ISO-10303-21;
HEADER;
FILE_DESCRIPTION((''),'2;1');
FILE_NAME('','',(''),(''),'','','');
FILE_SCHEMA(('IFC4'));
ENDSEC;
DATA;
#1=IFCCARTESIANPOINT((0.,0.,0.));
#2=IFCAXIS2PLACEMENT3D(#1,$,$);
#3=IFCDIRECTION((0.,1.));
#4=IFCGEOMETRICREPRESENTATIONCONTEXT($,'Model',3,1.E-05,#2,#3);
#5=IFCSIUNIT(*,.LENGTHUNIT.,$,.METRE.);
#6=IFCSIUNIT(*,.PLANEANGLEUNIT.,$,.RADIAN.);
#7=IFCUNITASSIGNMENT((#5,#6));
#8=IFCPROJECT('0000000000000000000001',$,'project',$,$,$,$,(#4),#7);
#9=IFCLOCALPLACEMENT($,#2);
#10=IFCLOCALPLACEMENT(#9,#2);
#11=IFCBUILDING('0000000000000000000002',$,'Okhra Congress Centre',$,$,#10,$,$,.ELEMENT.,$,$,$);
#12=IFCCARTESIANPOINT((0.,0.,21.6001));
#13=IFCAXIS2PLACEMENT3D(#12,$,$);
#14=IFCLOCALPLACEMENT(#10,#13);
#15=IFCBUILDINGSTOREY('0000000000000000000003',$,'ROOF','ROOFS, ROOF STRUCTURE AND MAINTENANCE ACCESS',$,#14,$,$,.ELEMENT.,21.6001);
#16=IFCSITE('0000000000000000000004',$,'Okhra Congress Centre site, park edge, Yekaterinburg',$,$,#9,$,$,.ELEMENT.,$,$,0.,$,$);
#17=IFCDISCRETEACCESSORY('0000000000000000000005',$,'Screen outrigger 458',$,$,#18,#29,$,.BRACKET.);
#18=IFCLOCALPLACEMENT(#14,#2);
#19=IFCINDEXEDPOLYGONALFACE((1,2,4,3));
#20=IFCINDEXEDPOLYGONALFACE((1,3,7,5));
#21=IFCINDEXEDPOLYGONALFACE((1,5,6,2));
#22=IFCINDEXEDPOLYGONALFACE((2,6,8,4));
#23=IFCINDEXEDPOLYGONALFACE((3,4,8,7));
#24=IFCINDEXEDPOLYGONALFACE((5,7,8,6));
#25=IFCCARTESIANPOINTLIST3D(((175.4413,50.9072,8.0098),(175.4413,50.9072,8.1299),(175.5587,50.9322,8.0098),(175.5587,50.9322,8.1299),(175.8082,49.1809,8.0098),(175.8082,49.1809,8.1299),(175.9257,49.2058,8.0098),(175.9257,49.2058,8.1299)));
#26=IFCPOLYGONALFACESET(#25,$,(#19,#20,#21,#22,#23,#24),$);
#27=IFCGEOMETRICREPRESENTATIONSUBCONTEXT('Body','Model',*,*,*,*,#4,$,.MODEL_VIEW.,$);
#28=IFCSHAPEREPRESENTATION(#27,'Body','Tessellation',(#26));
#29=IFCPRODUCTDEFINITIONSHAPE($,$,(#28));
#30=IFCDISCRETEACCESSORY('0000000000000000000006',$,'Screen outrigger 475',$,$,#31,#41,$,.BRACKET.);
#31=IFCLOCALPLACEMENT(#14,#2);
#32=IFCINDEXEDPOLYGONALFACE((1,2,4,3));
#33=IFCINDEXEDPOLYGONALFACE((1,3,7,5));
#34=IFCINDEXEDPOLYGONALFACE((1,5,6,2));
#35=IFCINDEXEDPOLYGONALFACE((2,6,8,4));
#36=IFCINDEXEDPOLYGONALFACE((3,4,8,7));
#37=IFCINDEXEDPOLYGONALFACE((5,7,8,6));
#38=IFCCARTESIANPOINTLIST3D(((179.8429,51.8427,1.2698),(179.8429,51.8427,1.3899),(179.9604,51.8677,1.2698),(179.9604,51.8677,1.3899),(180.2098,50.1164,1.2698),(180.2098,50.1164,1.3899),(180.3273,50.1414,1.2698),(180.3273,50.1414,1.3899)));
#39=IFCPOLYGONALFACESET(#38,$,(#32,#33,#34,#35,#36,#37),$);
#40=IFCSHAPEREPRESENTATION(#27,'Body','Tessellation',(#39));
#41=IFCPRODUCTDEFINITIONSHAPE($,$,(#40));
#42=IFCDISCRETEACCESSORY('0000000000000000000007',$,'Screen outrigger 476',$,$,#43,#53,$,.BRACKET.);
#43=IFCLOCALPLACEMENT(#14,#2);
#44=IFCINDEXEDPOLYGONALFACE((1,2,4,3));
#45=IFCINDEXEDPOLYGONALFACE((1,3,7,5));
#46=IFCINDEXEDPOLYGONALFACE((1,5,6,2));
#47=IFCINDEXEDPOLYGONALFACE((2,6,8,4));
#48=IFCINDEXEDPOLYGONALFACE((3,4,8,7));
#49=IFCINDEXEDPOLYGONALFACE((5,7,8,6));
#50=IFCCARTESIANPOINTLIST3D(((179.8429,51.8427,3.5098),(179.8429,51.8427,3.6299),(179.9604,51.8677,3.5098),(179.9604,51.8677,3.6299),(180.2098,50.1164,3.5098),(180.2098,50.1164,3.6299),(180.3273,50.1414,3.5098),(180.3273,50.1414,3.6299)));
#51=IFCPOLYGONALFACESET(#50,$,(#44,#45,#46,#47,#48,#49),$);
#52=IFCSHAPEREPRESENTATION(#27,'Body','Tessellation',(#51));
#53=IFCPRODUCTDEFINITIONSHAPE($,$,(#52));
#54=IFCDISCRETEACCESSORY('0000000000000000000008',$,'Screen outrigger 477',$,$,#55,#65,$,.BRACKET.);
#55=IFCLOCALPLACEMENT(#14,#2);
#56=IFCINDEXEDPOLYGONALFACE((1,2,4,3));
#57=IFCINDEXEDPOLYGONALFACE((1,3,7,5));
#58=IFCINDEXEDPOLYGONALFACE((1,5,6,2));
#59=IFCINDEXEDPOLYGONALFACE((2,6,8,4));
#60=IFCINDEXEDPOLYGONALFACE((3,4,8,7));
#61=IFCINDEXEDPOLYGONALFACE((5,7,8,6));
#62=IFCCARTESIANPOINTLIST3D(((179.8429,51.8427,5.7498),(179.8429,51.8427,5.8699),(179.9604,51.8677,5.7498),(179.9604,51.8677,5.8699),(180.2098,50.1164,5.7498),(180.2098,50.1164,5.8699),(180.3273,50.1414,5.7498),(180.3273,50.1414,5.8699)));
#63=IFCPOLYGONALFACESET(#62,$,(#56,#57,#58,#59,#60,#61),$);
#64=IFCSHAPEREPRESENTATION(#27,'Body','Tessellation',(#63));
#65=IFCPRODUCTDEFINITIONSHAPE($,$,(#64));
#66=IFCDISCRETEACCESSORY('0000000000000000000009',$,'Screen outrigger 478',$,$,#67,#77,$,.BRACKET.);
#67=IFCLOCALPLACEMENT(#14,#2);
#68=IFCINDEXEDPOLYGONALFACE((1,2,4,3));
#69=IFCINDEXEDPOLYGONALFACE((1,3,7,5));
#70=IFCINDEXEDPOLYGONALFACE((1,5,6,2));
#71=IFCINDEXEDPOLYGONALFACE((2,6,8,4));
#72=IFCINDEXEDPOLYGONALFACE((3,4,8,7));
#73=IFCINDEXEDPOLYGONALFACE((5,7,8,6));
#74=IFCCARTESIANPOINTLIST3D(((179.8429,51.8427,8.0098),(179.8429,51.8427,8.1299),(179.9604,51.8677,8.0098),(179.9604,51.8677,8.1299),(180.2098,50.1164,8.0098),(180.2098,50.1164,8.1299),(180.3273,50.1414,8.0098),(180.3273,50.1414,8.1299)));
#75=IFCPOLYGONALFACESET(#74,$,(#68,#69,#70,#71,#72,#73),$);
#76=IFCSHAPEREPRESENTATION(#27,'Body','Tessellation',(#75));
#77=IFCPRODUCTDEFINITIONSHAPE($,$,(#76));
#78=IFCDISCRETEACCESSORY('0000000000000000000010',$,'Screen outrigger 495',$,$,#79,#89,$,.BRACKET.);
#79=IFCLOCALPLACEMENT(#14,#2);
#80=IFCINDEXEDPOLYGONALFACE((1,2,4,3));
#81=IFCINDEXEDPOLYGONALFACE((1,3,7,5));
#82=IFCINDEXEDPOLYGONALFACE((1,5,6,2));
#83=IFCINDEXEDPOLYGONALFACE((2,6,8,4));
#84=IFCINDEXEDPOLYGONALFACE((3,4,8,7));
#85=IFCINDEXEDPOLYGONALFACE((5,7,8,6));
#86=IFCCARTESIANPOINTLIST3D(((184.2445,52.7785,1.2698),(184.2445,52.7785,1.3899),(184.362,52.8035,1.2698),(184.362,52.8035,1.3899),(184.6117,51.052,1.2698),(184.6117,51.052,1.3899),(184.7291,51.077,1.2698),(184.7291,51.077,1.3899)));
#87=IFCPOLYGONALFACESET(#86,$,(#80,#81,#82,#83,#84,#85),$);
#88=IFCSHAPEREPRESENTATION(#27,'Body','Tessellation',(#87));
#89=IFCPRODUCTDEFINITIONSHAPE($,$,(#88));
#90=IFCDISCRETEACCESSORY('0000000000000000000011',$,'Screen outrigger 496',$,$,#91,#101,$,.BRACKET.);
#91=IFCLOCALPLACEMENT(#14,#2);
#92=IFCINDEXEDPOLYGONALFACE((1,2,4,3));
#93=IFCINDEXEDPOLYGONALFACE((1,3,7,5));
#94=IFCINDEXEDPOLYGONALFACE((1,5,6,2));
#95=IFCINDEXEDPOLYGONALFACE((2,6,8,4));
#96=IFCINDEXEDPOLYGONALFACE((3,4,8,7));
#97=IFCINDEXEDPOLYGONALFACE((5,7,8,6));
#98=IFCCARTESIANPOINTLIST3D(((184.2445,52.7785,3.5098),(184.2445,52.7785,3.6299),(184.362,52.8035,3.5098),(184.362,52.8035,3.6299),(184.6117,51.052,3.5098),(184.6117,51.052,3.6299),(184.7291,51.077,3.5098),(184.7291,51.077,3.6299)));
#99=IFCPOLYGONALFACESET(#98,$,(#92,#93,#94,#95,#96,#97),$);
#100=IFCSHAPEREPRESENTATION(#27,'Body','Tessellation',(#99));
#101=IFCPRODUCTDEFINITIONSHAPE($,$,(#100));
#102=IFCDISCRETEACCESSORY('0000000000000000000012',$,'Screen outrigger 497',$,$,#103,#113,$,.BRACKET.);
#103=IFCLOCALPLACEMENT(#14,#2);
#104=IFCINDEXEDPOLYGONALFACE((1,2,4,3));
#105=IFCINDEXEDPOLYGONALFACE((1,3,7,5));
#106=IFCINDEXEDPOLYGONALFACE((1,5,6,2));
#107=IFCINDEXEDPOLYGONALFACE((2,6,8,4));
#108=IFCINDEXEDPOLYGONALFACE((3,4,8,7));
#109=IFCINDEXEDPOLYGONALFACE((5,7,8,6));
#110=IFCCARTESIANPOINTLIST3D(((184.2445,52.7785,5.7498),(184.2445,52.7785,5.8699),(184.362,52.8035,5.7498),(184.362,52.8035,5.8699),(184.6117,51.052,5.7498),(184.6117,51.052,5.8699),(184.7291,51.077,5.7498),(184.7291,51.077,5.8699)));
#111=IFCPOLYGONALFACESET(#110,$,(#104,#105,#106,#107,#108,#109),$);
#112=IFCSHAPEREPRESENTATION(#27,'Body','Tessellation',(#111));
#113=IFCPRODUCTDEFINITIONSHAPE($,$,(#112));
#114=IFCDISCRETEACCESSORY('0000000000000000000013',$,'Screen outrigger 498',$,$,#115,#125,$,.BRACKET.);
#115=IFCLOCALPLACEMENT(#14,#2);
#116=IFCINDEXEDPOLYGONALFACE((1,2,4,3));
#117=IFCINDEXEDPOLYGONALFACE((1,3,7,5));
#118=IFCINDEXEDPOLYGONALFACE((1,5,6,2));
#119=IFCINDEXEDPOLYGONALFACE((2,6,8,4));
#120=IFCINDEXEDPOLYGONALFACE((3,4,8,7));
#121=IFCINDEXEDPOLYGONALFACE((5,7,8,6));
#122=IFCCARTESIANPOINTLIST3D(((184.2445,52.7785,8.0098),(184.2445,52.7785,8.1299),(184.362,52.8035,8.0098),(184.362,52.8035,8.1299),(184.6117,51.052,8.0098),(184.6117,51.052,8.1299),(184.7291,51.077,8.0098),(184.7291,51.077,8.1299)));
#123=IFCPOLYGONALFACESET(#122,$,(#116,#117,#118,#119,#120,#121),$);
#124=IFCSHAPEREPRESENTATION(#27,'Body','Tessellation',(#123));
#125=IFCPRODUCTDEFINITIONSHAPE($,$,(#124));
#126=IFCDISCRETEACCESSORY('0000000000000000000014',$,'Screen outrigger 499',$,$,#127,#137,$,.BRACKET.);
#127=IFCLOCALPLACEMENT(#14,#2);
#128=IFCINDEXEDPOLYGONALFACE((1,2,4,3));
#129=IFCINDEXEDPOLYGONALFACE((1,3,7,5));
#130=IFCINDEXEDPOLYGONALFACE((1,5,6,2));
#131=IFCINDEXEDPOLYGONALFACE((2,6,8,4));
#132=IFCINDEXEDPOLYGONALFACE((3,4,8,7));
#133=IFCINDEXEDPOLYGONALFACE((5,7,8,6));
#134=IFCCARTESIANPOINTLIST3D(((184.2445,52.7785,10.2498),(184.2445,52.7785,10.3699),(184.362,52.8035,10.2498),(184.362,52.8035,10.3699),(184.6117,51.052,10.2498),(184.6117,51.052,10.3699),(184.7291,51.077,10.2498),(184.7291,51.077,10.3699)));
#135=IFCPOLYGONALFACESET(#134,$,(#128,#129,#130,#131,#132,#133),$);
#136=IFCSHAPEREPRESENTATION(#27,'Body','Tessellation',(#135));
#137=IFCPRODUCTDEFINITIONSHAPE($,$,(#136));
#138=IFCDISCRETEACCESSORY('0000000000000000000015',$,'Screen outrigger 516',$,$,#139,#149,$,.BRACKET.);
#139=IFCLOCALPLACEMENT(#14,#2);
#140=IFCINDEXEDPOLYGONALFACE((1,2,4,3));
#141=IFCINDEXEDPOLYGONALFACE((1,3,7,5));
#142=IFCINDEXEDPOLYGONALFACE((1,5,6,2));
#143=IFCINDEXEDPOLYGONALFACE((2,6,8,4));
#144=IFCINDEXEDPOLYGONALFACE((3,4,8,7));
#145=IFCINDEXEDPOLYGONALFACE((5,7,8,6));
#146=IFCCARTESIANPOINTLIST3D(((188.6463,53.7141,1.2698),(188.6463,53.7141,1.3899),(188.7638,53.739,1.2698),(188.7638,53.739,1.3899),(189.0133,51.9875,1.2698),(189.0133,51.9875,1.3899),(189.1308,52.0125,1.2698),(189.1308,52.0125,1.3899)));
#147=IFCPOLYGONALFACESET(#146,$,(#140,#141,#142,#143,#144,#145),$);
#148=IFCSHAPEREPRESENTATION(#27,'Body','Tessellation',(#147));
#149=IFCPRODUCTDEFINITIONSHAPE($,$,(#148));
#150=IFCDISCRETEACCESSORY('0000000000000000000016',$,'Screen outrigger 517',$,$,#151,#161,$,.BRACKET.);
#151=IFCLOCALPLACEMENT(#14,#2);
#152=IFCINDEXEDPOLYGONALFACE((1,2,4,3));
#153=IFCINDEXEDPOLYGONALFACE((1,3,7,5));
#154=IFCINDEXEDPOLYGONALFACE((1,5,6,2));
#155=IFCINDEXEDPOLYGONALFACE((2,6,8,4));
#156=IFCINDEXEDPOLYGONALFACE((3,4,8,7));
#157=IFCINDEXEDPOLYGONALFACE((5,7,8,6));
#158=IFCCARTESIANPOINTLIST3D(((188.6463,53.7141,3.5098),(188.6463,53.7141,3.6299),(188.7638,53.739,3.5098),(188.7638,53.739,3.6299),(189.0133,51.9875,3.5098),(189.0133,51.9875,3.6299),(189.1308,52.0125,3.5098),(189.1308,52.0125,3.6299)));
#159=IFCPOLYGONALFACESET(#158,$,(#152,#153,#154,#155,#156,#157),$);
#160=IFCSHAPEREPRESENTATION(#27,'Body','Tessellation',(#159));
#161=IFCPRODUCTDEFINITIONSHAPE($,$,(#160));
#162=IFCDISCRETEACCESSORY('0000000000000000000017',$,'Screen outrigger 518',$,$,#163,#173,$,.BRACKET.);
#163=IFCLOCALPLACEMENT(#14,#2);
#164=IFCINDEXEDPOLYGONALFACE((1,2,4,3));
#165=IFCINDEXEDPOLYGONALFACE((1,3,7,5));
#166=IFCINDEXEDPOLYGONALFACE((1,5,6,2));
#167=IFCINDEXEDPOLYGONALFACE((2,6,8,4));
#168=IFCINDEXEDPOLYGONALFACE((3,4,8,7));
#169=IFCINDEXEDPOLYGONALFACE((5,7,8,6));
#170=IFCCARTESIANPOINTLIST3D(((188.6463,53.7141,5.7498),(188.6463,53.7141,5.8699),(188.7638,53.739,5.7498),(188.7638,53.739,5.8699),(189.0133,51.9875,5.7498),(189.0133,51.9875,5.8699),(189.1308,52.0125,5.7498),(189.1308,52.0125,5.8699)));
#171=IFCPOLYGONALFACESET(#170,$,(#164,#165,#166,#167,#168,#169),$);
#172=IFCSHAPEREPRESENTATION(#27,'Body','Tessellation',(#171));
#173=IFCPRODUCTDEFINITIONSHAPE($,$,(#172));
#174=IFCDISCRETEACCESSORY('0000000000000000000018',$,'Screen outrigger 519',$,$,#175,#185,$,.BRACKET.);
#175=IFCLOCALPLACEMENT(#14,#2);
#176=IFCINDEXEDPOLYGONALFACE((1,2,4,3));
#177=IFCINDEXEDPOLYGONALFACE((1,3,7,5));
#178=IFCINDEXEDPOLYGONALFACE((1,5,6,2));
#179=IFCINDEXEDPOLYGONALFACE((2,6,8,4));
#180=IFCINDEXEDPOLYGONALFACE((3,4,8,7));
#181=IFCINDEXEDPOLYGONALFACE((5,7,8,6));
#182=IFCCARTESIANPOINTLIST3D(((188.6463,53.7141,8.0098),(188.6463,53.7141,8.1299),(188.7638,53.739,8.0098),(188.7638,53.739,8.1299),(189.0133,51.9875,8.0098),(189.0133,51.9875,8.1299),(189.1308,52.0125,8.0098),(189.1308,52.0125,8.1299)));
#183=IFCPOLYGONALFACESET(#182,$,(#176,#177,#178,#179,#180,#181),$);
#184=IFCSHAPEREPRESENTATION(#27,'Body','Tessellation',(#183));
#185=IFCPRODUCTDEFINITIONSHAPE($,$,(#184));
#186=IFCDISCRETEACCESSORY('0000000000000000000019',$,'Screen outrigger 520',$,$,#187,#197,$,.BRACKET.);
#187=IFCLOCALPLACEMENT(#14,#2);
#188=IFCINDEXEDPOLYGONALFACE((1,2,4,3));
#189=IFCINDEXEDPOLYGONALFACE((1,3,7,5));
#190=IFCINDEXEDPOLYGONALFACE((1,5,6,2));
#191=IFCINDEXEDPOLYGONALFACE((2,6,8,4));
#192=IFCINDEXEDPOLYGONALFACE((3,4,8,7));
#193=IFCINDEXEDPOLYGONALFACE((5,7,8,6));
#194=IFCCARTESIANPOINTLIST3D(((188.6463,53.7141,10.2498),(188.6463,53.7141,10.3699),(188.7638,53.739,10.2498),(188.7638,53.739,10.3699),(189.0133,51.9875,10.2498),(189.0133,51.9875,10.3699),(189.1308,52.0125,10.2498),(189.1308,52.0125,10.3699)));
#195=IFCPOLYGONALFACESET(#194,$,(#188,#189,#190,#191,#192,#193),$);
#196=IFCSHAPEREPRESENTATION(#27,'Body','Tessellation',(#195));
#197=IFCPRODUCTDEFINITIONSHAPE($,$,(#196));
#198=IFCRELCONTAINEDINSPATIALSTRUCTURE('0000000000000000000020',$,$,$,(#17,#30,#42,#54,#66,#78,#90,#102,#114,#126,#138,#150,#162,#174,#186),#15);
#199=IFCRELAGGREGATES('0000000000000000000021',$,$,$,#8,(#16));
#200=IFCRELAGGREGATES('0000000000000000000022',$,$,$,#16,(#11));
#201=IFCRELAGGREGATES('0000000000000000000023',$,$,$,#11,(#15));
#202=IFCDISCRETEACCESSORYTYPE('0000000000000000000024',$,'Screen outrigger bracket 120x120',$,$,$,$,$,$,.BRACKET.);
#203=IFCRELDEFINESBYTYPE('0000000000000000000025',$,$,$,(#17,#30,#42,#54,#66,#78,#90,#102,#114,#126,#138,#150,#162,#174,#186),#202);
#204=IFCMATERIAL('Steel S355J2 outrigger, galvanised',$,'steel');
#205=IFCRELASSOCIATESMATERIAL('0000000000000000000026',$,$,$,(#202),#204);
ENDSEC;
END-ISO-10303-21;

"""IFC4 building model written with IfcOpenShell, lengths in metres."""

from ifc_helpers import new_model, si_unit, direction, frame, origin, origin_2d, place, context, subcontext, project, spatial, rectangle, extrude, material, material_profile, profile_set, type_object, element, save


model = new_model("IFC4")

# Units and contexts
model_context = context("Model", 3, precision=1e-05, world=origin(), true_north=direction((0.0, 1.0)))
body_context = subcontext(model_context, "Body", "Model", "MODEL_VIEW")
ifc_project = project(units=[si_unit("LENGTHUNIT", "METRE"), si_unit("PLANEANGLEUNIT", "RADIAN")], contexts=[model_context])

# Site, building, storey
site_placement = place(None, origin())
site = spatial("IfcSite", under=ifc_project, at=site_placement, Name="Okhra Congress Centre site, park edge, Yekaterinburg", CompositionType="ELEMENT", RefElevation=0.0)
building_placement = place(site_placement, origin())
building = spatial("IfcBuilding", under=site, at=building_placement, Name="Okhra Congress Centre", CompositionType="ELEMENT")
storey_placement = place(building_placement, frame((0.0, 0.0, 21.6001)))
storey = spatial("IfcBuildingStorey", under=building, at=storey_placement, Name="ROOF", Description="ROOFS, ROOF STRUCTURE AND MAINTENANCE ACCESS", CompositionType="ELEMENT", Elevation=21.6001)

# Discrete accessories
ifc_material_1 = material(Name="Steel S355J2 outrigger, galvanised", Category="steel")
ifc_material_profile_1 = material_profile(ifc_material_1, rectangle(XDim=0.1201, YDim=0.1201, at=origin_2d()), Name="Screen outrigger bracket 120x120")
ifc_profile_set_1 = profile_set([ifc_material_profile_1], Name="Steel S355J2 outrigger, galvanised")
discrete_accessory_type = type_object("IfcDiscreteAccessoryType", Name="Screen outrigger bracket 120x120", PredefinedType="BRACKET", material=ifc_profile_set_1)
for number, where, z_axis, x_axis, name in (
    (1, (175.5, 50.9197, 8.0698), (0.207913, -0.978147, 0.0), (0.978147, 0.207913, 0.0), "Screen outrigger 458"),
    (2, (179.9016, 51.8552, 1.3298), (0.207913, -0.978147, 0.0), (0.978147, 0.207913, 0.0), "Screen outrigger 475"),
    (3, (179.9016, 51.8552, 3.5698), (0.207913, -0.978147, 0.0), (0.978147, 0.207913, 0.0), "Screen outrigger 476"),
    (4, (179.9016, 51.8552, 5.8098), (0.207913, -0.978147, 0.0), (0.978147, 0.207913, 0.0), "Screen outrigger 477"),
    (5, (179.9016, 51.8552, 8.0698), (0.207913, -0.978147, 0.0), (0.978147, 0.207913, 0.0), "Screen outrigger 478"),
):
    element("IfcDiscreteAccessory", number, at=place(storey_placement, frame(where, z_axis=z_axis, x_axis=x_axis)), inside=storey, type_object=discrete_accessory_type, Name=name, PredefinedType="BRACKET", context=body_context, shape_type="SweptSolid", body=[
        extrude(rectangle(XDim=0.1201, YDim=0.1201, at=origin_2d()), origin(), (0.0, 0.0, 1.0), 1.7649),
    ])
for number, where, z_axis, x_axis, name in (
    (6, (184.3032, 52.791, 1.3298), (0.208018, -0.978125, 0.0), (0.978125, 0.208018, 0.0), "Screen outrigger 495"),
    (7, (184.3032, 52.791, 3.5698), (0.208018, -0.978125, 0.0), (0.978125, 0.208018, 0.0), "Screen outrigger 496"),
    (8, (184.3032, 52.791, 5.8098), (0.208018, -0.978125, 0.0), (0.978125, 0.208018, 0.0), "Screen outrigger 497"),
    (9, (184.3032, 52.791, 8.0698), (0.208018, -0.978125, 0.0), (0.978125, 0.208018, 0.0), "Screen outrigger 498"),
    (10, (184.3032, 52.791, 10.3098), (0.208018, -0.978125, 0.0), (0.978125, 0.208018, 0.0), "Screen outrigger 499"),
    (11, (188.7051, 53.7266, 1.3298), (0.207885, -0.978153, 0.0), (0.978153, 0.207885, 0.0), "Screen outrigger 516"),
    (12, (188.7051, 53.7266, 3.5698), (0.207885, -0.978153, 0.0), (0.978153, 0.207885, 0.0), "Screen outrigger 517"),
    (13, (188.7051, 53.7266, 5.8098), (0.207885, -0.978153, 0.0), (0.978153, 0.207885, 0.0), "Screen outrigger 518"),
    (14, (188.7051, 53.7266, 8.0698), (0.207885, -0.978153, 0.0), (0.978153, 0.207885, 0.0), "Screen outrigger 519"),
    (15, (188.7051, 53.7266, 10.3098), (0.207885, -0.978153, 0.0), (0.978153, 0.207885, 0.0), "Screen outrigger 520"),
):
    element("IfcDiscreteAccessory", number, at=place(storey_placement, frame(where, z_axis=z_axis, x_axis=x_axis)), inside=storey, type_object=discrete_accessory_type, Name=name, PredefinedType="BRACKET", context=body_context, shape_type="SweptSolid", body=[
        extrude(rectangle(XDim=0.1201, YDim=0.1201, at=origin_2d()), origin(), (0.0, 0.0, 1.0), 1.7651),
    ])

save(model, "model.ifc")
